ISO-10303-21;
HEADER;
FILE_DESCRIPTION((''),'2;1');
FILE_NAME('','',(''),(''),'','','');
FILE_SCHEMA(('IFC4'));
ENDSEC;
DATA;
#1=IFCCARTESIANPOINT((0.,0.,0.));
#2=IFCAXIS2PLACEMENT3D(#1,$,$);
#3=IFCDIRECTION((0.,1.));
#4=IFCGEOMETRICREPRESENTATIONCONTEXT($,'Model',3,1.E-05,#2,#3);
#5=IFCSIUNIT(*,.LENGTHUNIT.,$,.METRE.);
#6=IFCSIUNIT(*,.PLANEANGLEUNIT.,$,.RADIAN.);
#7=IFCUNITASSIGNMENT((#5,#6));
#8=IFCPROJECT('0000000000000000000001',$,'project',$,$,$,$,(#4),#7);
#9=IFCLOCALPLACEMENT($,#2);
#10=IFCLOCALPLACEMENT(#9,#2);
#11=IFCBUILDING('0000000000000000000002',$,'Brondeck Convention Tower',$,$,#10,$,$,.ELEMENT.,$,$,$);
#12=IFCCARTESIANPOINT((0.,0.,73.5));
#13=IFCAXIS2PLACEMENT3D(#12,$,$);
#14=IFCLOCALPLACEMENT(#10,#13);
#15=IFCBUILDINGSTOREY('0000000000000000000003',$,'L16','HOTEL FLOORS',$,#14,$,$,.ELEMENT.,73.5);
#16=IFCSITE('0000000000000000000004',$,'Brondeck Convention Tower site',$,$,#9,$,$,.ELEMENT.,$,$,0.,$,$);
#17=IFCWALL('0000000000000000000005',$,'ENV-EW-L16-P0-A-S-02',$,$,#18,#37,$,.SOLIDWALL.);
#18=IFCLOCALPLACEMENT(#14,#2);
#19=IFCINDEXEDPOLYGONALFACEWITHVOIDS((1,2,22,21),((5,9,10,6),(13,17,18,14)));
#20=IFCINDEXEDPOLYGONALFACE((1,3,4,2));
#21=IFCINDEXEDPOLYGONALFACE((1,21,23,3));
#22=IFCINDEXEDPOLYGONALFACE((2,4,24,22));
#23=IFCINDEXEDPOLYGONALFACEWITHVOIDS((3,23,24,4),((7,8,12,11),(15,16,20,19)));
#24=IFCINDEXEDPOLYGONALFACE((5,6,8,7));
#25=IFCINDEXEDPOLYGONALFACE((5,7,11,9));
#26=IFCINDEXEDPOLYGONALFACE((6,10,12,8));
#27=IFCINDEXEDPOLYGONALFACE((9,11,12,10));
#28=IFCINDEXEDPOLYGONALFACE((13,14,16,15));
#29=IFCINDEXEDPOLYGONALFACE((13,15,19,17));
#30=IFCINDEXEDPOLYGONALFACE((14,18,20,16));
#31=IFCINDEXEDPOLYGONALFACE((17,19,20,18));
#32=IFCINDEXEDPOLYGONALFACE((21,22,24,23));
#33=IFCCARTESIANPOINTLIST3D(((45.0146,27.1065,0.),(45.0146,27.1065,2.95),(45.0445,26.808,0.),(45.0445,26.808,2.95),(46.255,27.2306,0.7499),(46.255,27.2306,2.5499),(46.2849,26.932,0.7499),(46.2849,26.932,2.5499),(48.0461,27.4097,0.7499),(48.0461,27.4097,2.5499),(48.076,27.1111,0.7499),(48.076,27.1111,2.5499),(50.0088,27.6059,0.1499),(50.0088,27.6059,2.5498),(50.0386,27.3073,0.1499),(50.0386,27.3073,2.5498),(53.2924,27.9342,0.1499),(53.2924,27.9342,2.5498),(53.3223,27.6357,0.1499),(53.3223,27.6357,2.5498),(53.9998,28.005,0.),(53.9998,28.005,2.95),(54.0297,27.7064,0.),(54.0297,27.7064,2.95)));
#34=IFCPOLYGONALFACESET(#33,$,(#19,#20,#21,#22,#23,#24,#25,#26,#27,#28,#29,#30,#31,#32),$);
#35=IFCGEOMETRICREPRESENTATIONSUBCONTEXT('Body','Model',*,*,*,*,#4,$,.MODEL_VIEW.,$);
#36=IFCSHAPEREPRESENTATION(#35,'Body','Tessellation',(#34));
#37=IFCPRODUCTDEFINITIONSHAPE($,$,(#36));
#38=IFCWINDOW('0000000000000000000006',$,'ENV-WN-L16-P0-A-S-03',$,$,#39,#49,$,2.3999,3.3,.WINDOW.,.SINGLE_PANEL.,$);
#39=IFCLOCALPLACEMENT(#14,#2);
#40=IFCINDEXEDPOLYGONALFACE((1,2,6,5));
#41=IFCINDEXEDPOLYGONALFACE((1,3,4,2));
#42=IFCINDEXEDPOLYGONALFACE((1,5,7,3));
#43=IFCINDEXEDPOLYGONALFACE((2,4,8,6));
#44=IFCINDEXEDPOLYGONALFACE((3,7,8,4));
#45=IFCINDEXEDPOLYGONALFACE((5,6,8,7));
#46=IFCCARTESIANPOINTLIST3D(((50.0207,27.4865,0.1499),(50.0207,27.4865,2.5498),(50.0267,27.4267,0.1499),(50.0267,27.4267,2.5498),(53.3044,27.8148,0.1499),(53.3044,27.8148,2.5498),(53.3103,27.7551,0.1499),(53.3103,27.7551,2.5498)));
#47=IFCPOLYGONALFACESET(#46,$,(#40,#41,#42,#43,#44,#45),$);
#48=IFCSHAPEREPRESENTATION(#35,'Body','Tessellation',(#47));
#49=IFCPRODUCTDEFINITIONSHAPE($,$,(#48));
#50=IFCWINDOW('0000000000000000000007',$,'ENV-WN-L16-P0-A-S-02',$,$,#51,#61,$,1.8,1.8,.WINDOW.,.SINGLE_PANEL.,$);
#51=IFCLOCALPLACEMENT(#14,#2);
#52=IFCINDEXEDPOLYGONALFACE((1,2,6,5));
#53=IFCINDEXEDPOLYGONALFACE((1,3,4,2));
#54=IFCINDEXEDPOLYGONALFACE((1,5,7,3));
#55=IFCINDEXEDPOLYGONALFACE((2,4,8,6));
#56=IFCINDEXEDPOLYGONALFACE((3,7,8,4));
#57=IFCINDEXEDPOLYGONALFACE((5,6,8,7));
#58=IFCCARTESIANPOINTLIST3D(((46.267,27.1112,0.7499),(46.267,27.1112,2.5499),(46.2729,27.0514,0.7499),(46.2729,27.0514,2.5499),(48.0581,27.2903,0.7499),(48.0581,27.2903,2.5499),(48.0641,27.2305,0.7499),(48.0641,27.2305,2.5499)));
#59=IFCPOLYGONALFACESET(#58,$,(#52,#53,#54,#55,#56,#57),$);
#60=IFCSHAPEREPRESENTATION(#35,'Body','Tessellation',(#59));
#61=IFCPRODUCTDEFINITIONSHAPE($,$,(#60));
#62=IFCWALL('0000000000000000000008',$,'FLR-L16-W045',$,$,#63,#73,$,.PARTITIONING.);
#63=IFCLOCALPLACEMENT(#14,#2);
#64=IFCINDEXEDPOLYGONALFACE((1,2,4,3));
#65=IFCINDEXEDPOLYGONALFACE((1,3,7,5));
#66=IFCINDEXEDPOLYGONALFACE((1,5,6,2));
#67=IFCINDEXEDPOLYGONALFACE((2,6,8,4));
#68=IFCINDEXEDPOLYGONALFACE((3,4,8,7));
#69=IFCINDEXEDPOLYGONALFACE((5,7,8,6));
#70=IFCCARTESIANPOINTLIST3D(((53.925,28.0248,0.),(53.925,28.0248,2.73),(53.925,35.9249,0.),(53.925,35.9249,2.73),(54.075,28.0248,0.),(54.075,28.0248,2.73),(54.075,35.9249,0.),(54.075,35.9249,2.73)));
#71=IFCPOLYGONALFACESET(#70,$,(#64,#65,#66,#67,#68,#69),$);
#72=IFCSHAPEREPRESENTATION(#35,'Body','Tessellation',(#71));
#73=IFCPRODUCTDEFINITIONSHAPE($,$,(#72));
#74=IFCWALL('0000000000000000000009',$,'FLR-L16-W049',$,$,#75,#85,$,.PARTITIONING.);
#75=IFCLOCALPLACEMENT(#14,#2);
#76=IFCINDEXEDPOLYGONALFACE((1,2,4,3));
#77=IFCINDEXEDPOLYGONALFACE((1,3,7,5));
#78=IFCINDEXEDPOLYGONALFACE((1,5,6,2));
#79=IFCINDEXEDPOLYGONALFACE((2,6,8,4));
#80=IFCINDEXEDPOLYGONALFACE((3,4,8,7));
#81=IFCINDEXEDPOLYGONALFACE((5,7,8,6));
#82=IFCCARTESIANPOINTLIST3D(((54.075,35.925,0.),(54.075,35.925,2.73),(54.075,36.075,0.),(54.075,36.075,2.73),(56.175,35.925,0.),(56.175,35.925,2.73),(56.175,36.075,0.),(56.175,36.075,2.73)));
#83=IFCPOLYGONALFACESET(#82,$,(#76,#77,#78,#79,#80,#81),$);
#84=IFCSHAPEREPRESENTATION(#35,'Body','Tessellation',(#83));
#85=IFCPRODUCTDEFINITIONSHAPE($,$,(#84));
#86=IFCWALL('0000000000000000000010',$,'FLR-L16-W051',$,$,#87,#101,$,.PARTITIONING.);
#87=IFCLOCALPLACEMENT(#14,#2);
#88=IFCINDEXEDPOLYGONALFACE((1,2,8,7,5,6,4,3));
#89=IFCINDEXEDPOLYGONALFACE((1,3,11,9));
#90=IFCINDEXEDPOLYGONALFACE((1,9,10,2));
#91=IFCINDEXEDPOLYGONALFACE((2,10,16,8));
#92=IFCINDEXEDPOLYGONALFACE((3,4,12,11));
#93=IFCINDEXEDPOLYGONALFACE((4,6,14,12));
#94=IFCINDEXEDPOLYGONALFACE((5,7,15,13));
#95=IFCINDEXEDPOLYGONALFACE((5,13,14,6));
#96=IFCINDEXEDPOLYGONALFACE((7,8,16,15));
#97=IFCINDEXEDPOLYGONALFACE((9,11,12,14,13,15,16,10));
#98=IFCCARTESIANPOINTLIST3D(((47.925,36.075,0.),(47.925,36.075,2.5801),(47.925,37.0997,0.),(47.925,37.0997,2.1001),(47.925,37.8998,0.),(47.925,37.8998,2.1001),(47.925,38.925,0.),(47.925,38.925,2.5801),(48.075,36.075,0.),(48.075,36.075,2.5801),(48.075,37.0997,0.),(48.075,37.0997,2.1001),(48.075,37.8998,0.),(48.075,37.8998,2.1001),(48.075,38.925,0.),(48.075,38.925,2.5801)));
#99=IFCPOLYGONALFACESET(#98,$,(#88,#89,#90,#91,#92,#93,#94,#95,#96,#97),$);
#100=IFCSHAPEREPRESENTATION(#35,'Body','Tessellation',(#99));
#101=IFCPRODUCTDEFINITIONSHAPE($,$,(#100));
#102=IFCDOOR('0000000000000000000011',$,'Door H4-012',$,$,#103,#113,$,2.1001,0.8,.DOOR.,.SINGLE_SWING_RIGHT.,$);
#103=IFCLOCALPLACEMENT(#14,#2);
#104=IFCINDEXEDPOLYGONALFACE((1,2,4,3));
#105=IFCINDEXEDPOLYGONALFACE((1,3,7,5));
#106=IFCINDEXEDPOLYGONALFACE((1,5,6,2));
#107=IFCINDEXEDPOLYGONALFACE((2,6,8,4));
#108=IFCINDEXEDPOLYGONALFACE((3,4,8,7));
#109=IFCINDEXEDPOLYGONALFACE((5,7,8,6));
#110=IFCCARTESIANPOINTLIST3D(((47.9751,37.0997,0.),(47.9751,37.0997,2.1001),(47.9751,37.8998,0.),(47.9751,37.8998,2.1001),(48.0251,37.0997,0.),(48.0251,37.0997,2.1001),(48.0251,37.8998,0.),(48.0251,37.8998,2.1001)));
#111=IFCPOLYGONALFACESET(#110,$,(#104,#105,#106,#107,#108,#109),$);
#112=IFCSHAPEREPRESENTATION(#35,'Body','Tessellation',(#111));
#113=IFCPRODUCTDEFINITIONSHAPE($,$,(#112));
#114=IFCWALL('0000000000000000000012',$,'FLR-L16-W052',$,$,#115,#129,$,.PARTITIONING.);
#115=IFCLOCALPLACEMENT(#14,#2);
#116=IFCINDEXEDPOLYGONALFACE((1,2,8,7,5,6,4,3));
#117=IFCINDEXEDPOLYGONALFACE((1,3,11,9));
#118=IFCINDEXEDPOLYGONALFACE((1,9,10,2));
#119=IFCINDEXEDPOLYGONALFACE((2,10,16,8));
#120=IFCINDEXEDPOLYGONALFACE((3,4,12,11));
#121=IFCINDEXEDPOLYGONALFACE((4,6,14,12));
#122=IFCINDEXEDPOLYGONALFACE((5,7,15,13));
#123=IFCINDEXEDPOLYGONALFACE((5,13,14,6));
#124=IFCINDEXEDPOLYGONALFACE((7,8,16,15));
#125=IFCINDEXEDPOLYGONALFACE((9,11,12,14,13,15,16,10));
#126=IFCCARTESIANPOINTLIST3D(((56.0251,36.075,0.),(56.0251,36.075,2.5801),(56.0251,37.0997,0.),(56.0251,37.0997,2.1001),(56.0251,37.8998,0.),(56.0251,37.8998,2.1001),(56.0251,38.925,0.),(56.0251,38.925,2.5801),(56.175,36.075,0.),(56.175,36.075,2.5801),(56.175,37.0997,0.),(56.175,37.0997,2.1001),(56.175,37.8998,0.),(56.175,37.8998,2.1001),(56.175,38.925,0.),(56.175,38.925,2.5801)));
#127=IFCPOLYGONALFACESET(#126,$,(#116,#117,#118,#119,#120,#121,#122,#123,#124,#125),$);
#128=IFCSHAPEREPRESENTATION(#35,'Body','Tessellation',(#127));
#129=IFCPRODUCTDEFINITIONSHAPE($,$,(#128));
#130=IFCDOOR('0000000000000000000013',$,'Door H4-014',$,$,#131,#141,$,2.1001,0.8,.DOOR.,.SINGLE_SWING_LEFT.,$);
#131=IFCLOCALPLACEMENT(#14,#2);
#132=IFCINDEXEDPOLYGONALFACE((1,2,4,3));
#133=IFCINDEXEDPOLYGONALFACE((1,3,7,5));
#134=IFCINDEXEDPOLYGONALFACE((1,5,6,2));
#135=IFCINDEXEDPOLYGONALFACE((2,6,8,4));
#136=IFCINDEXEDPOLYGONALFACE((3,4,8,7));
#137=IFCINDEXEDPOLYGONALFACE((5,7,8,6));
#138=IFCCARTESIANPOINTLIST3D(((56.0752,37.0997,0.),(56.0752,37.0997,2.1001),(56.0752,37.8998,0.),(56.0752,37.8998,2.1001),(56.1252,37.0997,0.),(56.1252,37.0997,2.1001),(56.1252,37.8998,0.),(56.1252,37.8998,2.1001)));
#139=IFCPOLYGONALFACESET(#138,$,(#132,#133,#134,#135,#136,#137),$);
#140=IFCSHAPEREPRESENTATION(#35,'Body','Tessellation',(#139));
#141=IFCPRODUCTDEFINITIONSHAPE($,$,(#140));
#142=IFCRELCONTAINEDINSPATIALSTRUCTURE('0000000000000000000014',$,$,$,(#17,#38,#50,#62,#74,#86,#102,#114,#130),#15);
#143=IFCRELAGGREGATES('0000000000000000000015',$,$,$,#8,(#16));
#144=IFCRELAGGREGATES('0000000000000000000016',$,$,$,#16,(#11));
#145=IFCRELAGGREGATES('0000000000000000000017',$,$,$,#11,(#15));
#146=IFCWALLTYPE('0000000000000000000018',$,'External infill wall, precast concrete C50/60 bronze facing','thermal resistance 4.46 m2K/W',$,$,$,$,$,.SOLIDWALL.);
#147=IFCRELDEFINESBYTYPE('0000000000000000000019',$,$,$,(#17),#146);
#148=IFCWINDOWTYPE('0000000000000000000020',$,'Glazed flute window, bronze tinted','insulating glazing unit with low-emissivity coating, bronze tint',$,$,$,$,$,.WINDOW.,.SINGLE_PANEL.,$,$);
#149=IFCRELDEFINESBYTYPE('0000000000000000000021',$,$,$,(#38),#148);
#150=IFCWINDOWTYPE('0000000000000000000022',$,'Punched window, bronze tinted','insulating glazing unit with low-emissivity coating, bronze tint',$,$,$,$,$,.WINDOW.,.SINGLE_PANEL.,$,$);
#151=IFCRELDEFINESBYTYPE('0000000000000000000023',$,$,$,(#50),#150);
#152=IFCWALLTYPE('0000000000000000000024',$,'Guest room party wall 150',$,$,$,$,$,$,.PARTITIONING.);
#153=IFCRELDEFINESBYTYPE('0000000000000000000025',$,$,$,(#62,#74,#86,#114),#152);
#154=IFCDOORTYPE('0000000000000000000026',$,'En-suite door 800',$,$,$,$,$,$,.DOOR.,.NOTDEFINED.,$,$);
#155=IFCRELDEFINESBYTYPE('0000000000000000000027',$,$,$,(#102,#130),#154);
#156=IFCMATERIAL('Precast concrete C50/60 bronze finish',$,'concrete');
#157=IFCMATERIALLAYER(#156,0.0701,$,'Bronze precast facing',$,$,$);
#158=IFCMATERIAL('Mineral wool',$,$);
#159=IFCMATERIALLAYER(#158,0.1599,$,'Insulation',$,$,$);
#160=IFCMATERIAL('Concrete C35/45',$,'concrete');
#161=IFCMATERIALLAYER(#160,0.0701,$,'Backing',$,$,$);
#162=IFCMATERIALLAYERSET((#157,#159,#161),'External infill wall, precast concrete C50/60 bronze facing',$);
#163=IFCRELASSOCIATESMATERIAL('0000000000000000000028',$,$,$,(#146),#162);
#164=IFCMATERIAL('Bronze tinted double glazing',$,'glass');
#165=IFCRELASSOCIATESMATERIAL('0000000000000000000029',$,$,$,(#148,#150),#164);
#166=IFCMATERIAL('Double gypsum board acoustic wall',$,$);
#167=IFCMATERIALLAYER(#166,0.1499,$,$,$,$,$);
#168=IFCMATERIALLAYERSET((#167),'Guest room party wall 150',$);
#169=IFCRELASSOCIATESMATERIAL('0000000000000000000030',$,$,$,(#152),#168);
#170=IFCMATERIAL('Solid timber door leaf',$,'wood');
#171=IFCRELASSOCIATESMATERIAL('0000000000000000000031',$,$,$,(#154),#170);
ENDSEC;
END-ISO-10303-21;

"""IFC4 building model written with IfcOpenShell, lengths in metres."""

from ifc_helpers import new_model, si_unit, direction, frame, frame_2d, origin, place, context, subcontext, project, spatial, rectangle, extrude, material, layer, layer_set, type_object, element, fill, save


model = new_model("IFC4")

# Units and contexts
model_context = context("Model", 3, precision=1e-05, world=origin(), true_north=direction((0.0, 1.0)))
body_context = subcontext(model_context, "Body", "Model", "MODEL_VIEW")
ifc_project = project(units=[si_unit("LENGTHUNIT", "METRE"), si_unit("PLANEANGLEUNIT", "RADIAN")], contexts=[model_context])

# Site, building, storey
site_placement = place(None, origin())
site = spatial("IfcSite", under=ifc_project, at=site_placement, Name="Brondeck Convention Tower site", CompositionType="ELEMENT", RefElevation=0.0)
building_placement = place(site_placement, origin())
building = spatial("IfcBuilding", under=site, at=building_placement, Name="Brondeck Convention Tower", CompositionType="ELEMENT")
storey_placement = place(building_placement, frame((0.0, 0.0, 73.5)))
storey = spatial("IfcBuildingStorey", under=building, at=storey_placement, Name="L16", Description="HOTEL FLOORS", CompositionType="ELEMENT", Elevation=73.5)

# Wall, openings, windows
ifc_material_1 = material(Name="Precast concrete C50/60 bronze finish", Category="concrete")
ifc_layer_1 = layer(ifc_material_1, 0.0701, Name="Bronze precast facing")
ifc_material_2 = material(Name="Mineral wool")
ifc_layer_2 = layer(ifc_material_2, 0.1599, Name="Insulation")
ifc_material_3 = material(Name="Concrete C35/45", Category="concrete")
ifc_layer_3 = layer(ifc_material_3, 0.0701, Name="Backing")
ifc_layer_set_1 = layer_set([ifc_layer_1, ifc_layer_2, ifc_layer_3], Name="External infill wall, precast concrete C50/60 bronze facing")
wall_type_1 = type_object("IfcWallType", Name="External infill wall, precast concrete C50/60 bronze facing", Description="thermal resistance 4.46 m2K/W", PredefinedType="SOLIDWALL", material=ifc_layer_set_1)
ifc_material_4 = material(Name="Bronze tinted double glazing", Category="glass")
window_type_1 = type_object("IfcWindowType", Name="Glazed flute window, bronze tinted", Description="insulating glazing unit with low-emissivity coating, bronze tint", PartitioningType="SINGLE_PANEL", PredefinedType="WINDOW", material=ifc_material_4)
window_type_2 = type_object("IfcWindowType", Name="Punched window, bronze tinted", Description="insulating glazing unit with low-emissivity coating, bronze tint", PartitioningType="SINGLE_PANEL", PredefinedType="WINDOW", material=ifc_material_4)
wall_1_placement = place(storey_placement, frame((54.0149, 27.8557, 0.0), z_axis=(0.0, 0.0, 1.0), x_axis=(-0.995038, -0.099496, 0.0)))
wall_1 = element("IfcWall", 1, at=wall_1_placement, inside=storey, type_object=wall_type_1, Name="ENV-EW-L16-P0-A-S-02", PredefinedType="SOLIDWALL", context=body_context, shape_type="SweptSolid", body=[
    extrude(rectangle(XDim=9.03, YDim=0.3, at=frame_2d((4.5151, 0.0))), origin(), (0.0, 0.0, 1.0), 2.95),
])
opening_1_placement = place(wall_1_placement, frame((0.7112, 0.0, 0.1499)))
opening_1 = element("IfcOpeningElement", 2, at=opening_1_placement, cuts=wall_1, PredefinedType="OPENING", context=body_context, shape_type="SweptSolid", body=[
    extrude(rectangle(XDim=3.3, YDim=2.3999, at=frame_2d((1.6499, 1.2))), frame((0.0, 0.1599, 0.0), z_axis=(0.0, -1.0, 0.0), x_axis=(1.0, 0.0, 0.0)), (0.0, 0.0, 1.0), 0.3201),
])
opening_2_placement = place(wall_1_placement, frame((5.9836, 0.0, 0.75)))
opening_2 = element("IfcOpeningElement", 3, at=opening_2_placement, cuts=wall_1, PredefinedType="OPENING", context=body_context, shape_type="SweptSolid", body=[
    extrude(rectangle(XDim=1.8, YDim=1.8, at=frame_2d((0.8999, 0.8999))), frame((0.0, 0.1599, 0.0), z_axis=(0.0, -1.0, 0.0), x_axis=(1.0, 0.0, 0.0)), (0.0, 0.0, 1.0), 0.3201),
])
window_1_placement = place(opening_1_placement, origin())
window_1 = element("IfcWindow", 4, at=window_1_placement, inside=storey, type_object=window_type_1, Name="ENV-WN-L16-P0-A-S-03", OverallHeight=2.3999, OverallWidth=3.3, PartitioningType="SINGLE_PANEL", PredefinedType="WINDOW", context=body_context, shape_type="SweptSolid", body=[
    extrude(rectangle(XDim=3.3, YDim=2.3999, at=frame_2d((1.6499, 1.2))), frame((0.0, 0.03, 0.0), z_axis=(0.0, -1.0, 0.0), x_axis=(1.0, 0.0, 0.0)), (0.0, 0.0, 1.0), 0.0601),
])
fill(opening_1, window_1)
window_2_placement = place(opening_2_placement, origin())
window_2 = element("IfcWindow", 5, at=window_2_placement, inside=storey, type_object=window_type_2, Name="ENV-WN-L16-P0-A-S-02", OverallHeight=1.8, OverallWidth=1.8, PartitioningType="SINGLE_PANEL", PredefinedType="WINDOW", context=body_context, shape_type="SweptSolid", body=[
    extrude(rectangle(XDim=1.8, YDim=1.8, at=frame_2d((0.8999, 0.8999))), frame((0.0, 0.03, 0.0), z_axis=(0.0, -1.0, 0.0), x_axis=(1.0, 0.0, 0.0)), (0.0, 0.0, 1.0), 0.0601),
])
fill(opening_2, window_2)

# Walls
ifc_material_5 = material(Name="Double gypsum board acoustic wall")
ifc_layer_4 = layer(ifc_material_5, 0.1499)
ifc_layer_set_2 = layer_set([ifc_layer_4], Name="Guest room party wall 150")
wall_type_2 = type_object("IfcWallType", Name="Guest room party wall 150", PredefinedType="PARTITIONING", material=ifc_layer_set_2)
wall_2_placement = place(storey_placement, frame((54.0, 35.925, 0.0), z_axis=(0.0, 0.0, 1.0), x_axis=(0.0, -1.0, 0.0)))
element("IfcWall", 6, at=wall_2_placement, inside=storey, type_object=wall_type_2, Name="FLR-L16-W045", PredefinedType="PARTITIONING", context=body_context, shape_type="SweptSolid", body=[
    extrude(rectangle(XDim=7.9001, YDim=0.1499, at=frame_2d((3.9502, 0.0))), origin(), (0.0, 0.0, 1.0), 2.73),
])
wall_3_placement = place(storey_placement, frame((54.075, 36.0, 0.0), z_axis=(0.0, 0.0, 1.0), x_axis=(1.0, 0.0, 0.0)))
element("IfcWall", 7, at=wall_3_placement, inside=storey, type_object=wall_type_2, Name="FLR-L16-W049", PredefinedType="PARTITIONING", context=body_context, shape_type="SweptSolid", body=[
    extrude(rectangle(XDim=2.1001, YDim=0.1499, at=frame_2d((1.05, 0.0))), origin(), (0.0, 0.0, 1.0), 2.73),
])

# Walls, openings, doors
wall_4_placement = place(storey_placement, frame((48.0, 36.075, 0.0), z_axis=(0.0, 0.0, 1.0), x_axis=(0.0, 1.0, 0.0)))
wall_4 = element("IfcWall", 8, at=wall_4_placement, inside=storey, type_object=wall_type_2, Name="FLR-L16-W051", PredefinedType="PARTITIONING", context=body_context, shape_type="SweptSolid", body=[
    extrude(rectangle(XDim=2.8501, YDim=0.1499, at=frame_2d((1.425, 0.0))), origin(), (0.0, 0.0, 1.0), 2.5801),
])
opening_3_placement = place(wall_4_placement, frame((1.0249, 0.0, 0.0)))
opening_3 = element("IfcOpeningElement", 9, at=opening_3_placement, cuts=wall_4, PredefinedType="OPENING", context=body_context, shape_type="SweptSolid", body=[
    extrude(rectangle(XDim=0.8, YDim=2.1001, at=frame_2d((0.3999, 1.05))), frame((0.0, 0.085, 0.0), z_axis=(0.0, -1.0, 0.0), x_axis=(1.0, 0.0, 0.0)), (0.0, 0.0, 1.0), 0.1699),
])
ifc_material_6 = material(Name="Solid timber door leaf", Category="wood")
door_type = type_object("IfcDoorType", Name="En-suite door 800", OperationType="NOTDEFINED", PredefinedType="DOOR", material=ifc_material_6)
door_1_placement = place(opening_3_placement, origin())
door_1 = element("IfcDoor", 10, at=door_1_placement, inside=storey, type_object=door_type, Name="Door H4-012", OperationType="SINGLE_SWING_RIGHT", OverallHeight=2.1001, OverallWidth=0.8, PredefinedType="DOOR", context=body_context, shape_type="SweptSolid", body=[
    extrude(rectangle(XDim=0.8, YDim=2.1001, at=frame_2d((0.3999, 1.05))), frame((0.0, 0.0249, 0.0), z_axis=(0.0, -1.0, 0.0), x_axis=(1.0, 0.0, 0.0)), (0.0, 0.0, 1.0), 0.05),
])
fill(opening_3, door_1)
wall_5_placement = place(storey_placement, frame((56.1001, 36.075, 0.0), z_axis=(0.0, 0.0, 1.0), x_axis=(0.0, 1.0, 0.0)))
wall_5 = element("IfcWall", 11, at=wall_5_placement, inside=storey, type_object=wall_type_2, Name="FLR-L16-W052", PredefinedType="PARTITIONING", context=body_context, shape_type="SweptSolid", body=[
    extrude(rectangle(XDim=2.8501, YDim=0.1499, at=frame_2d((1.425, 0.0))), origin(), (0.0, 0.0, 1.0), 2.5801),
])
opening_4_placement = place(wall_5_placement, frame((1.0249, 0.0, 0.0)))
opening_4 = element("IfcOpeningElement", 12, at=opening_4_placement, cuts=wall_5, PredefinedType="OPENING", context=body_context, shape_type="SweptSolid", body=[
    extrude(rectangle(XDim=0.8, YDim=2.1001, at=frame_2d((0.3999, 1.05))), frame((0.0, 0.085, 0.0), z_axis=(0.0, -1.0, 0.0), x_axis=(1.0, 0.0, 0.0)), (0.0, 0.0, 1.0), 0.1699),
])
door_2_placement = place(opening_4_placement, origin())
door_2 = element("IfcDoor", 13, at=door_2_placement, inside=storey, type_object=door_type, Name="Door H4-014", OperationType="SINGLE_SWING_LEFT", OverallHeight=2.1001, OverallWidth=0.8, PredefinedType="DOOR", context=body_context, shape_type="SweptSolid", body=[
    extrude(rectangle(XDim=0.8, YDim=2.1001, at=frame_2d((0.3999, 1.05))), frame((0.0, 0.0249, 0.0), z_axis=(0.0, -1.0, 0.0), x_axis=(1.0, 0.0, 0.0)), (0.0, 0.0, 1.0), 0.05),
])
fill(opening_4, door_2)

save(model, "model.ifc")
